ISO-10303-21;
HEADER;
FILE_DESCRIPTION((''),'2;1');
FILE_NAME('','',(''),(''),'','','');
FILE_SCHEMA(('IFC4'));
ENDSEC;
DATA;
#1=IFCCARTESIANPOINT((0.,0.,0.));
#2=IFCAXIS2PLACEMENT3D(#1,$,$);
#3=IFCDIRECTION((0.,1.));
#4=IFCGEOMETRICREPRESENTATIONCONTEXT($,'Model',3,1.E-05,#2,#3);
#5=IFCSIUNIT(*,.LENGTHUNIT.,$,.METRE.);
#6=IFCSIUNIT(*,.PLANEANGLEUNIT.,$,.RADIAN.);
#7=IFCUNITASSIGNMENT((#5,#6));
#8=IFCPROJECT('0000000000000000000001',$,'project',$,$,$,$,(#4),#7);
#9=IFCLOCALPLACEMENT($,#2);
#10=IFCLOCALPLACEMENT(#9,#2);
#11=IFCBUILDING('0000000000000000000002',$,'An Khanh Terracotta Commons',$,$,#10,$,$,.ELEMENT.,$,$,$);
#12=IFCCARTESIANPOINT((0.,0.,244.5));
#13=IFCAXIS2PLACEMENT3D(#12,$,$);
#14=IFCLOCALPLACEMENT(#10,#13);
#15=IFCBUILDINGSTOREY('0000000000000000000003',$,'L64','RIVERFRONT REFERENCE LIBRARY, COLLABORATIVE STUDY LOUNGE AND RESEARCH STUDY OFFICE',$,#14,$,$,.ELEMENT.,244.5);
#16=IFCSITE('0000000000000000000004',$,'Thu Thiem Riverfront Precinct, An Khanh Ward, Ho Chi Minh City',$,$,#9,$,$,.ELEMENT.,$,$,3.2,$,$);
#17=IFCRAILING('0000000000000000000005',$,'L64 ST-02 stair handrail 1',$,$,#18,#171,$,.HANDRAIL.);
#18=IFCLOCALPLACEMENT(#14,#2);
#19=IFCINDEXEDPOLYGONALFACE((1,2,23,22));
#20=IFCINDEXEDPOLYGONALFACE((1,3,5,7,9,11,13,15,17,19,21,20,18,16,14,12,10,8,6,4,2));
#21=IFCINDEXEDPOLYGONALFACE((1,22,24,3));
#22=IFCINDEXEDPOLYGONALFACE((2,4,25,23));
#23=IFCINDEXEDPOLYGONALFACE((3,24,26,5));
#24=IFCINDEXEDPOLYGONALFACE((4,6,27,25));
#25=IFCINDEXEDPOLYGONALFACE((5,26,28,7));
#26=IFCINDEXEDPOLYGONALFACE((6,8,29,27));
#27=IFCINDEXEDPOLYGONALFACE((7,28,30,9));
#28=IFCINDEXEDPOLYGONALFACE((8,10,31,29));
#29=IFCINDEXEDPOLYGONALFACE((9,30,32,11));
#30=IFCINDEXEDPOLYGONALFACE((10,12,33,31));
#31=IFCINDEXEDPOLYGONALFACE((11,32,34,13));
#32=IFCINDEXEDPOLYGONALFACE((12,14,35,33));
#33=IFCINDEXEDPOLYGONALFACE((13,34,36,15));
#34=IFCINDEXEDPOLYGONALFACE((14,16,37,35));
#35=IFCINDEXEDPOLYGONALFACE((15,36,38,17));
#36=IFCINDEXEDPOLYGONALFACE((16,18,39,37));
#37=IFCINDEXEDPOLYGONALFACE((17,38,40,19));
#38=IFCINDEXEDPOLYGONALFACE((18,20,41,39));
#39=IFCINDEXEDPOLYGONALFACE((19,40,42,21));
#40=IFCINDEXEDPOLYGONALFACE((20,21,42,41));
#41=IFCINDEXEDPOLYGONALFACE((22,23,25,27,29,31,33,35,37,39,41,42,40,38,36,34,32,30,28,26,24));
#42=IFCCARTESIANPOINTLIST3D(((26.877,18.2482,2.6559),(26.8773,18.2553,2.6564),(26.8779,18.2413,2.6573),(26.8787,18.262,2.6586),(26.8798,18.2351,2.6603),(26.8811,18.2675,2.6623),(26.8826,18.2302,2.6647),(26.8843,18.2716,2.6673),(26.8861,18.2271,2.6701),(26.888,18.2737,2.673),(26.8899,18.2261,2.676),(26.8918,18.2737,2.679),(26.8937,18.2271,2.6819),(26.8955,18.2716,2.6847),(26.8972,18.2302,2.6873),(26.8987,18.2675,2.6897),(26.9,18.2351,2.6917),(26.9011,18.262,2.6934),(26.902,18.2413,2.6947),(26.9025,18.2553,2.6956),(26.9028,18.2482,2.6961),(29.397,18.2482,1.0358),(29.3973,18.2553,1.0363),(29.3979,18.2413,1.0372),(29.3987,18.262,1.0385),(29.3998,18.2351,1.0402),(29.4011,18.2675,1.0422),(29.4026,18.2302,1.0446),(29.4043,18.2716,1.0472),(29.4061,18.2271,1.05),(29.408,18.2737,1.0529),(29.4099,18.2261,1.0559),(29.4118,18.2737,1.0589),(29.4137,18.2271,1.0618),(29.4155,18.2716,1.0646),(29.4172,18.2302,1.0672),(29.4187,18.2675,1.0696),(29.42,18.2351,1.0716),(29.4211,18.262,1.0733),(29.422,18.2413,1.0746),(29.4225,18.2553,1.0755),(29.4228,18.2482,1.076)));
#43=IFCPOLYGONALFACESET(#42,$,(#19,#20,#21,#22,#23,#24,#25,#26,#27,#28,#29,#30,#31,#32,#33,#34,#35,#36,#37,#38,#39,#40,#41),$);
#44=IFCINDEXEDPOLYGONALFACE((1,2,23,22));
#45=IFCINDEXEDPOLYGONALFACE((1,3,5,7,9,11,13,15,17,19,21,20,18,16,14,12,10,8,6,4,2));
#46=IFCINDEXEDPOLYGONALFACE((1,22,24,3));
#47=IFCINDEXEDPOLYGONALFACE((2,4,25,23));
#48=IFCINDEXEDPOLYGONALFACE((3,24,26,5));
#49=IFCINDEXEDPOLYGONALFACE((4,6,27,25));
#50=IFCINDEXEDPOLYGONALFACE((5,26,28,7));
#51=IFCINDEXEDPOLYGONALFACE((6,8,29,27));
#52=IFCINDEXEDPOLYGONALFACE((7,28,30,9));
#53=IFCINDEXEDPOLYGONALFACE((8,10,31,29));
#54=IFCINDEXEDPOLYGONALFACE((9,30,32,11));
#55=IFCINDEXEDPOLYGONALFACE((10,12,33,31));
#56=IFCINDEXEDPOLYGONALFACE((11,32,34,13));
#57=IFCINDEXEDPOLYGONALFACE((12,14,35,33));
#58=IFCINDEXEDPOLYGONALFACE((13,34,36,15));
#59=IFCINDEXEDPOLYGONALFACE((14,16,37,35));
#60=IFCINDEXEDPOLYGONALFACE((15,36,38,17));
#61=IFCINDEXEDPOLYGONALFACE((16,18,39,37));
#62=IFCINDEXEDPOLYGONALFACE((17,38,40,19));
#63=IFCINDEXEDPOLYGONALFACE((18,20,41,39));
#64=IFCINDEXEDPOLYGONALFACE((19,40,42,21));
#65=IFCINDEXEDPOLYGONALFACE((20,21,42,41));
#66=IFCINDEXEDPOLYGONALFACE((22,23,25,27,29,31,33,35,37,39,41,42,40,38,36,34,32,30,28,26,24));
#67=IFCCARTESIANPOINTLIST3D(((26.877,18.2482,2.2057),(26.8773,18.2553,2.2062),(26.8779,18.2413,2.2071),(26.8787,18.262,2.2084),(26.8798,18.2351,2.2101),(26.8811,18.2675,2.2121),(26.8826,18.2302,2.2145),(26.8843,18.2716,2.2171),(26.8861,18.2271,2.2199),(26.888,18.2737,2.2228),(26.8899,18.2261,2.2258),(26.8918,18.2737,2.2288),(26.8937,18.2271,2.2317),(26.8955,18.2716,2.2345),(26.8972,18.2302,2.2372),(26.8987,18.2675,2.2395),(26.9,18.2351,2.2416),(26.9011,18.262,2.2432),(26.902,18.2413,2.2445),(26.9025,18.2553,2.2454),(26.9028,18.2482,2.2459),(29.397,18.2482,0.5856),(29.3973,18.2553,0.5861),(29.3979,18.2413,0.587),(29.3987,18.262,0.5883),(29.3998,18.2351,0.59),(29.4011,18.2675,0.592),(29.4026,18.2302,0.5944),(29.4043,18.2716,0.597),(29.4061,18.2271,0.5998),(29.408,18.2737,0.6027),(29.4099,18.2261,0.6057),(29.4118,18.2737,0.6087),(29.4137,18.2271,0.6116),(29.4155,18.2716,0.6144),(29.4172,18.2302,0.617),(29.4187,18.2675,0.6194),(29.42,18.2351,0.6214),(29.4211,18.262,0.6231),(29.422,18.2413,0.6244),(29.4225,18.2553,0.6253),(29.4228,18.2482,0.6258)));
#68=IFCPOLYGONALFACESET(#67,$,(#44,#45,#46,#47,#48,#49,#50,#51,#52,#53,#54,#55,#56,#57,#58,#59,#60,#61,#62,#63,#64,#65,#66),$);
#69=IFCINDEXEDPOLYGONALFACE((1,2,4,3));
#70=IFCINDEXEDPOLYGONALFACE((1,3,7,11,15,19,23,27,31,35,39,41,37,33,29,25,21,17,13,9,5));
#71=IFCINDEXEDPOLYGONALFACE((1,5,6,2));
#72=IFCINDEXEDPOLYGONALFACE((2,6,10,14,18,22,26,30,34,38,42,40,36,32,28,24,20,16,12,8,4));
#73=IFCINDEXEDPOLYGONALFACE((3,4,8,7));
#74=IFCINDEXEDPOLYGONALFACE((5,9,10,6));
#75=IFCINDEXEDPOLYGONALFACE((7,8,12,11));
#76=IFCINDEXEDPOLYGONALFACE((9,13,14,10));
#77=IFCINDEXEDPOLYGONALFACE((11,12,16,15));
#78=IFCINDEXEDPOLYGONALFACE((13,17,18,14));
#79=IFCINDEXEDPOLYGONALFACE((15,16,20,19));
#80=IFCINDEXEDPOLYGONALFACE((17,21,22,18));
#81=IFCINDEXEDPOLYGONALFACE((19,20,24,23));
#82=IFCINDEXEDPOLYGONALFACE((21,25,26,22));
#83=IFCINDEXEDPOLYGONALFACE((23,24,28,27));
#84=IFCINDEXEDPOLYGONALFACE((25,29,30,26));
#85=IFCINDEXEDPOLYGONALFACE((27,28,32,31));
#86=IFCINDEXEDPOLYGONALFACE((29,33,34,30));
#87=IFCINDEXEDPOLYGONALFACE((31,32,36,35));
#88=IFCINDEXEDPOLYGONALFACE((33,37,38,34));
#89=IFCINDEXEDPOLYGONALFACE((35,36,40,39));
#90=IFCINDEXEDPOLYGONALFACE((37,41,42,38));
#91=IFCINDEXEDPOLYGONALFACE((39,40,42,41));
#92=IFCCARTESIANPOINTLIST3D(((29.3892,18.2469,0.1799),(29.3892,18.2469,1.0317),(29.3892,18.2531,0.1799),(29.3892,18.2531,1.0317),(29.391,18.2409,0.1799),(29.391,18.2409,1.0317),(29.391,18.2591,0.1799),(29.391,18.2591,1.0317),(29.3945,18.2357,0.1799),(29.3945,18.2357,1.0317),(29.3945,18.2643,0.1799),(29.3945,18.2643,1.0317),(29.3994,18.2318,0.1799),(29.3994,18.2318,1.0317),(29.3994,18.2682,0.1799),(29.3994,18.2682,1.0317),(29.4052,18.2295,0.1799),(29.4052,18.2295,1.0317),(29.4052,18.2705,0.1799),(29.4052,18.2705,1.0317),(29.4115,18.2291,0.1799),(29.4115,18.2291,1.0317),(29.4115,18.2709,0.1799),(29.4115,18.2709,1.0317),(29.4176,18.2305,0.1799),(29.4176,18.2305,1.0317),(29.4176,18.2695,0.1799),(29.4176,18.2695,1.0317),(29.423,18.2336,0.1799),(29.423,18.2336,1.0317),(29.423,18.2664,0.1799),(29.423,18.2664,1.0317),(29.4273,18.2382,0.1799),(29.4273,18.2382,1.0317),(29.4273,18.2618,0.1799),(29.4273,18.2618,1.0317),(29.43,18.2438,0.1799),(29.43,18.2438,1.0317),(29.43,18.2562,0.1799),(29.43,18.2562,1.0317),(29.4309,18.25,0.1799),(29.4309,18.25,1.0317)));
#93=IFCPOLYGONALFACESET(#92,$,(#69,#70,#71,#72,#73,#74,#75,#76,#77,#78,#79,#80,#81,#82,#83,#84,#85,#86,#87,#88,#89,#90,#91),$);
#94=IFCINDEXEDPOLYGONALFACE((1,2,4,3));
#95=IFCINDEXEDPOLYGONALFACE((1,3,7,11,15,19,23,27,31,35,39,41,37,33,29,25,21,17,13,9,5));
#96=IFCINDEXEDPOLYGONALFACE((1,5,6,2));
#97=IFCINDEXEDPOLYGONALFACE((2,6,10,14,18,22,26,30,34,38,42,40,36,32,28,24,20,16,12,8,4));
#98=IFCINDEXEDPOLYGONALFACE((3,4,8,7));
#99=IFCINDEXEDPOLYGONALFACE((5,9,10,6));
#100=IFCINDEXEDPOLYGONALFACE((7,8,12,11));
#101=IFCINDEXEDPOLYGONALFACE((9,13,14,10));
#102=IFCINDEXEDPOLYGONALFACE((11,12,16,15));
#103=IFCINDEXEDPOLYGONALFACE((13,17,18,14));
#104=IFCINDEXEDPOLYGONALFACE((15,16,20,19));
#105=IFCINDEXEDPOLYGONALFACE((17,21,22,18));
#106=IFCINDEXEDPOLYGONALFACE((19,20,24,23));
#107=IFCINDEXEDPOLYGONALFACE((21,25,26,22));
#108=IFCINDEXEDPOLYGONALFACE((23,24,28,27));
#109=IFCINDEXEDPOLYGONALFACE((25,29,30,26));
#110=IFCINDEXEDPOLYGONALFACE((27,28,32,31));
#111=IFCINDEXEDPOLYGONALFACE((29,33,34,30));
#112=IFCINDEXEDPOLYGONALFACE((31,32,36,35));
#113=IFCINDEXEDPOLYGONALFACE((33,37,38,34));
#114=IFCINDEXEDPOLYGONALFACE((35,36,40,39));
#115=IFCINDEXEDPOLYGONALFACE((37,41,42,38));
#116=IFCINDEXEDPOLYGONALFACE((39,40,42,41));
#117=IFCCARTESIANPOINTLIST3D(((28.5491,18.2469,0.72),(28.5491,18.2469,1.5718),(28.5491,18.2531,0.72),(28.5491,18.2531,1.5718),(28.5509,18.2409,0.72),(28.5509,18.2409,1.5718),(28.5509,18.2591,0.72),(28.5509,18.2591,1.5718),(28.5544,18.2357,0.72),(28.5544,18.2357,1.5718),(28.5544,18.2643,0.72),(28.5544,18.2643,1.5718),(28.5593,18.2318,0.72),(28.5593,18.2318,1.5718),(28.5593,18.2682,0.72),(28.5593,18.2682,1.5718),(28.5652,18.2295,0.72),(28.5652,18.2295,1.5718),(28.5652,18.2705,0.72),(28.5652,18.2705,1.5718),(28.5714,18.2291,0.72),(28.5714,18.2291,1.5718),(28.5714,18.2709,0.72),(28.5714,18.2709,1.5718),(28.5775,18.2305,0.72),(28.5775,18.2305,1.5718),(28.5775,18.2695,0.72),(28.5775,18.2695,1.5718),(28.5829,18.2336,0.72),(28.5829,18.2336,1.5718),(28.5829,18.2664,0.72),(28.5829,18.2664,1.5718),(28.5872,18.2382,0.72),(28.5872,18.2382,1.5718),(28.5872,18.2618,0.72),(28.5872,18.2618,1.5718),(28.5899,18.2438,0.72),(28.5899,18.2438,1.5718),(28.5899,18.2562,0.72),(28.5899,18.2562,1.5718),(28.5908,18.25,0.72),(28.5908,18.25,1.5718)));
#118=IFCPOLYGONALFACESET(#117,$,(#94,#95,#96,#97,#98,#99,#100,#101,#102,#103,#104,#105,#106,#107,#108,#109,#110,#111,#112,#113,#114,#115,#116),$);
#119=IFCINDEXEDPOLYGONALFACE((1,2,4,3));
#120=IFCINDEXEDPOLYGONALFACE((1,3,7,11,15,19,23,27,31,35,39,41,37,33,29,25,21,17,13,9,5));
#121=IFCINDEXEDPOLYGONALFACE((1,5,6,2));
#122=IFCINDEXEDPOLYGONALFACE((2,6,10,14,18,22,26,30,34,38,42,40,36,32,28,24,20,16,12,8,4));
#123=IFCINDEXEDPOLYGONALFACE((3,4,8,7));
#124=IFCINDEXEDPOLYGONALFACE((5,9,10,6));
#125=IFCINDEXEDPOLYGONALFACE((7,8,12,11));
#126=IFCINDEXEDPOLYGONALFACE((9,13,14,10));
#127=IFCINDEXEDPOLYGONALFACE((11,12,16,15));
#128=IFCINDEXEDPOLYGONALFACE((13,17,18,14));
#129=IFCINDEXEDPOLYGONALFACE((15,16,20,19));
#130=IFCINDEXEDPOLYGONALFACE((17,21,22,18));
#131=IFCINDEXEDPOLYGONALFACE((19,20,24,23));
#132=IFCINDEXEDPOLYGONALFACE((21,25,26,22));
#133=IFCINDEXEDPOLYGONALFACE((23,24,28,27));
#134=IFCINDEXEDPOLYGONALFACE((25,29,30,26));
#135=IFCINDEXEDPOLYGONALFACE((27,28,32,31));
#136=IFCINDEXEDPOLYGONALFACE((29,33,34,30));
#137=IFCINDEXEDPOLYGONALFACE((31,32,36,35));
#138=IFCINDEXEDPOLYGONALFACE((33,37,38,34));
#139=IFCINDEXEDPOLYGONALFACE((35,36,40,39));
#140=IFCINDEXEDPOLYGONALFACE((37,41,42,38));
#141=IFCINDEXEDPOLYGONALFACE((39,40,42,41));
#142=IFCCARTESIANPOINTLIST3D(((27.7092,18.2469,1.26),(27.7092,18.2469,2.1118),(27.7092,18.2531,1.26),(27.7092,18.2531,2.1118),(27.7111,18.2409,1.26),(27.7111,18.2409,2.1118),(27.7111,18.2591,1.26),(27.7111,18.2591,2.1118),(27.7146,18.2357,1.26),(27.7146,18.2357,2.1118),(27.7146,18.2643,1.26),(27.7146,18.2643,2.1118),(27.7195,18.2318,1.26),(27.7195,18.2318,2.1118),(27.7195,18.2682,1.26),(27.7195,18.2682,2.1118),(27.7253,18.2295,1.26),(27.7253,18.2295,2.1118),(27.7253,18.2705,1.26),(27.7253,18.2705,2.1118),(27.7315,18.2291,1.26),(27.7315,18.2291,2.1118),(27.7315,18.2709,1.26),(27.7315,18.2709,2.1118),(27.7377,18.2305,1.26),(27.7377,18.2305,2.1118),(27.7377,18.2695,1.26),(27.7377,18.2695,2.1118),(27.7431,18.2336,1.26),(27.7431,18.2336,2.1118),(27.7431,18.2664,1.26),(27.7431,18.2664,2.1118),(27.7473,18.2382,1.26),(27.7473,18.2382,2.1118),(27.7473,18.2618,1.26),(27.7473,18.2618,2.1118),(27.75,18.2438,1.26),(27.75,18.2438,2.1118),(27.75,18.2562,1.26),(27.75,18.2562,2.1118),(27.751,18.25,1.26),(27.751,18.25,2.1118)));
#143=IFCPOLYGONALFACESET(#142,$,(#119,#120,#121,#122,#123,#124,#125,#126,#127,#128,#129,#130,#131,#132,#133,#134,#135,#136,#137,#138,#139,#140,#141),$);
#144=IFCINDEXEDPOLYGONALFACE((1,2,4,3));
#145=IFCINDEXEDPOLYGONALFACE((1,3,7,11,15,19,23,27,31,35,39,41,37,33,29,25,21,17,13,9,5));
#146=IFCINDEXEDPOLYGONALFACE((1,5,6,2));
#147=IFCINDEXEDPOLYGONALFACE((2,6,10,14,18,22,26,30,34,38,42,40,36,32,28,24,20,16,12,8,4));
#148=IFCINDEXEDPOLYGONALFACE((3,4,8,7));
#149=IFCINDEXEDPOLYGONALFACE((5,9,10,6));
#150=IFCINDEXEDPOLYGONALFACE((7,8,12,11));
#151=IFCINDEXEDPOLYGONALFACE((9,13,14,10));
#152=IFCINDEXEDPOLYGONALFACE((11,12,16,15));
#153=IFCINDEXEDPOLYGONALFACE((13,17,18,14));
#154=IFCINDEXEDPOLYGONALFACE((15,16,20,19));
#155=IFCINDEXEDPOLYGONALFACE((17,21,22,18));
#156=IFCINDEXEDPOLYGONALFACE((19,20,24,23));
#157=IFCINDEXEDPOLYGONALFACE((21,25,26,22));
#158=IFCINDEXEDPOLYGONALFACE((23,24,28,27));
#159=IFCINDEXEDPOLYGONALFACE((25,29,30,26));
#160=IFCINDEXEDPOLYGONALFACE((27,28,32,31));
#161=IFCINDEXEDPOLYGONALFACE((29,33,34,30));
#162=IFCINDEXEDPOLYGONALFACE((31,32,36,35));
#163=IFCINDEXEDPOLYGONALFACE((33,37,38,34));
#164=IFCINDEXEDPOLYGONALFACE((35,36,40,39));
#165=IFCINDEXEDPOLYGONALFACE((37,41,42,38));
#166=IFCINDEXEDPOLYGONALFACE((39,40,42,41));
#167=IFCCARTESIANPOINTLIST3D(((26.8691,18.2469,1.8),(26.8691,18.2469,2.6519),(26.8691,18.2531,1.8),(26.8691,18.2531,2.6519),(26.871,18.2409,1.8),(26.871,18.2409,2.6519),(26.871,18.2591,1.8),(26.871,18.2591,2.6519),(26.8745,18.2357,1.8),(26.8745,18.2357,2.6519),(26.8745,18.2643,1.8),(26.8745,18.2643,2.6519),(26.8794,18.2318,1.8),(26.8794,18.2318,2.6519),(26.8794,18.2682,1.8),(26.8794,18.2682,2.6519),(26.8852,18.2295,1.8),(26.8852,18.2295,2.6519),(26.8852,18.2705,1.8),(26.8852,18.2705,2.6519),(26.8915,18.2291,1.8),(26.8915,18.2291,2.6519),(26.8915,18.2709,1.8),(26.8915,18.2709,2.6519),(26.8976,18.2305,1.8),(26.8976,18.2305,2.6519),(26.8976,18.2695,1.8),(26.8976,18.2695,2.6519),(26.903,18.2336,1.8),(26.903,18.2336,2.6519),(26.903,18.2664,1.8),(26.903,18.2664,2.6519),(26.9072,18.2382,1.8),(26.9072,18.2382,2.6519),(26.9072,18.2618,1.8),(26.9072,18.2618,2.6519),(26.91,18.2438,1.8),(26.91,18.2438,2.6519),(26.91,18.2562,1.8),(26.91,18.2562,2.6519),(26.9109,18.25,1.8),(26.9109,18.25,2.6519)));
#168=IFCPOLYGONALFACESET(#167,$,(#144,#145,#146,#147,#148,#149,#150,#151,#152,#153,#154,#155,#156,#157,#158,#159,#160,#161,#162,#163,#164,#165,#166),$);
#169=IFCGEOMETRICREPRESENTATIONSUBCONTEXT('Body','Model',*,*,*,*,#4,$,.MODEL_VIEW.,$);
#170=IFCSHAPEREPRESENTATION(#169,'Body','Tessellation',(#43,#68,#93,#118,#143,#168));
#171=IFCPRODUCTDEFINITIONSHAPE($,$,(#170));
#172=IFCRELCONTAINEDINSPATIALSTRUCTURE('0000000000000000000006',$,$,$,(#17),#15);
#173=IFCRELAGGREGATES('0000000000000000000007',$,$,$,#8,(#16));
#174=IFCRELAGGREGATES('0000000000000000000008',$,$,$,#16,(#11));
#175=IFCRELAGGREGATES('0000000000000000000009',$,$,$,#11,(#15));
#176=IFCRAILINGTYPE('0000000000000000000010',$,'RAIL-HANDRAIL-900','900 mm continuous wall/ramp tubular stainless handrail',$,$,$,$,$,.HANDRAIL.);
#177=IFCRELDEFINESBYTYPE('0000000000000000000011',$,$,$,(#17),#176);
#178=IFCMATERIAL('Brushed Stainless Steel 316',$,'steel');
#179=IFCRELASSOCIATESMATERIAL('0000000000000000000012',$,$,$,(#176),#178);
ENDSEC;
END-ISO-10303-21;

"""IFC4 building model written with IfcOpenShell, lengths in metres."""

from ifc_helpers import new_model, si_unit, direction, frame, origin, origin_2d, place, context, subcontext, project, spatial, circle, extrude, material, type_object, element, save


model = new_model("IFC4")

# Units and contexts
model_context = context("Model", 3, precision=1e-05, world=origin(), true_north=direction((0.0, 1.0)))
body_context = subcontext(model_context, "Body", "Model", "MODEL_VIEW")
ifc_project = project(units=[si_unit("LENGTHUNIT", "METRE"), si_unit("PLANEANGLEUNIT", "RADIAN")], contexts=[model_context])

# Site, building, storey
site_placement = place(None, origin())
site = spatial("IfcSite", under=ifc_project, at=site_placement, Name="Thu Thiem Riverfront Precinct, An Khanh Ward, Ho Chi Minh City", CompositionType="ELEMENT", RefElevation=3.2)
building_placement = place(site_placement, origin())
building = spatial("IfcBuilding", under=site, at=building_placement, Name="An Khanh Terracotta Commons", CompositionType="ELEMENT")
storey_placement = place(building_placement, frame((0.0, 0.0, 244.5)))
storey = spatial("IfcBuildingStorey", under=building, at=storey_placement, Name="L64", Description="RIVERFRONT REFERENCE LIBRARY, COLLABORATIVE STUDY LOUNGE AND RESEARCH STUDY OFFICE", CompositionType="ELEMENT", Elevation=244.5)

# Railing
ifc_material_1 = material(Name="Brushed Stainless Steel 316", Category="steel")
railing_type_1 = type_object("IfcRailingType", Name="RAIL-HANDRAIL-900", Description="900 mm continuous wall/ramp tubular stainless handrail", PredefinedType="HANDRAIL", material=ifc_material_1)
railing_1_placement = place(storey_placement, frame((29.4099, 18.25, 0.1799)))
element("IfcRailing", 1, at=railing_1_placement, inside=storey, type_object=railing_type_1, Name="L64 ST-02 stair handrail 1", PredefinedType="HANDRAIL", context=body_context, shape_type="SweptSolid", body=[
    extrude(circle(Radius=0.0239, at=origin_2d()), frame((0.0, 0.0, 0.876), z_axis=(-0.841163, 0.0, 0.540782), x_axis=(0.0, -1.0, 0.0)), (0.0, 0.0, 1.0), 2.9958),
    extrude(circle(Radius=0.0239, at=origin_2d()), frame((0.0, 0.0, 0.4258), z_axis=(-0.841163, 0.0, 0.540782), x_axis=(0.0, -1.0, 0.0)), (0.0, 0.0, 1.0), 2.9958),
    extrude(circle(Radius=0.021, at=origin_2d()), origin(), (0.0, 0.0, 1.0), 0.8518),
    extrude(circle(Radius=0.021, at=origin_2d()), frame((-0.8401, 0.0, 0.54)), (0.0, 0.0, 1.0), 0.8518),
    extrude(circle(Radius=0.021, at=origin_2d()), frame((-1.6799, 0.0, 1.0801)), (0.0, 0.0, 1.0), 0.8518),
    extrude(circle(Radius=0.021, at=origin_2d()), frame((-2.52, 0.0, 1.6201)), (0.0, 0.0, 1.0), 0.8518),
])

save(model, "model.ifc")
